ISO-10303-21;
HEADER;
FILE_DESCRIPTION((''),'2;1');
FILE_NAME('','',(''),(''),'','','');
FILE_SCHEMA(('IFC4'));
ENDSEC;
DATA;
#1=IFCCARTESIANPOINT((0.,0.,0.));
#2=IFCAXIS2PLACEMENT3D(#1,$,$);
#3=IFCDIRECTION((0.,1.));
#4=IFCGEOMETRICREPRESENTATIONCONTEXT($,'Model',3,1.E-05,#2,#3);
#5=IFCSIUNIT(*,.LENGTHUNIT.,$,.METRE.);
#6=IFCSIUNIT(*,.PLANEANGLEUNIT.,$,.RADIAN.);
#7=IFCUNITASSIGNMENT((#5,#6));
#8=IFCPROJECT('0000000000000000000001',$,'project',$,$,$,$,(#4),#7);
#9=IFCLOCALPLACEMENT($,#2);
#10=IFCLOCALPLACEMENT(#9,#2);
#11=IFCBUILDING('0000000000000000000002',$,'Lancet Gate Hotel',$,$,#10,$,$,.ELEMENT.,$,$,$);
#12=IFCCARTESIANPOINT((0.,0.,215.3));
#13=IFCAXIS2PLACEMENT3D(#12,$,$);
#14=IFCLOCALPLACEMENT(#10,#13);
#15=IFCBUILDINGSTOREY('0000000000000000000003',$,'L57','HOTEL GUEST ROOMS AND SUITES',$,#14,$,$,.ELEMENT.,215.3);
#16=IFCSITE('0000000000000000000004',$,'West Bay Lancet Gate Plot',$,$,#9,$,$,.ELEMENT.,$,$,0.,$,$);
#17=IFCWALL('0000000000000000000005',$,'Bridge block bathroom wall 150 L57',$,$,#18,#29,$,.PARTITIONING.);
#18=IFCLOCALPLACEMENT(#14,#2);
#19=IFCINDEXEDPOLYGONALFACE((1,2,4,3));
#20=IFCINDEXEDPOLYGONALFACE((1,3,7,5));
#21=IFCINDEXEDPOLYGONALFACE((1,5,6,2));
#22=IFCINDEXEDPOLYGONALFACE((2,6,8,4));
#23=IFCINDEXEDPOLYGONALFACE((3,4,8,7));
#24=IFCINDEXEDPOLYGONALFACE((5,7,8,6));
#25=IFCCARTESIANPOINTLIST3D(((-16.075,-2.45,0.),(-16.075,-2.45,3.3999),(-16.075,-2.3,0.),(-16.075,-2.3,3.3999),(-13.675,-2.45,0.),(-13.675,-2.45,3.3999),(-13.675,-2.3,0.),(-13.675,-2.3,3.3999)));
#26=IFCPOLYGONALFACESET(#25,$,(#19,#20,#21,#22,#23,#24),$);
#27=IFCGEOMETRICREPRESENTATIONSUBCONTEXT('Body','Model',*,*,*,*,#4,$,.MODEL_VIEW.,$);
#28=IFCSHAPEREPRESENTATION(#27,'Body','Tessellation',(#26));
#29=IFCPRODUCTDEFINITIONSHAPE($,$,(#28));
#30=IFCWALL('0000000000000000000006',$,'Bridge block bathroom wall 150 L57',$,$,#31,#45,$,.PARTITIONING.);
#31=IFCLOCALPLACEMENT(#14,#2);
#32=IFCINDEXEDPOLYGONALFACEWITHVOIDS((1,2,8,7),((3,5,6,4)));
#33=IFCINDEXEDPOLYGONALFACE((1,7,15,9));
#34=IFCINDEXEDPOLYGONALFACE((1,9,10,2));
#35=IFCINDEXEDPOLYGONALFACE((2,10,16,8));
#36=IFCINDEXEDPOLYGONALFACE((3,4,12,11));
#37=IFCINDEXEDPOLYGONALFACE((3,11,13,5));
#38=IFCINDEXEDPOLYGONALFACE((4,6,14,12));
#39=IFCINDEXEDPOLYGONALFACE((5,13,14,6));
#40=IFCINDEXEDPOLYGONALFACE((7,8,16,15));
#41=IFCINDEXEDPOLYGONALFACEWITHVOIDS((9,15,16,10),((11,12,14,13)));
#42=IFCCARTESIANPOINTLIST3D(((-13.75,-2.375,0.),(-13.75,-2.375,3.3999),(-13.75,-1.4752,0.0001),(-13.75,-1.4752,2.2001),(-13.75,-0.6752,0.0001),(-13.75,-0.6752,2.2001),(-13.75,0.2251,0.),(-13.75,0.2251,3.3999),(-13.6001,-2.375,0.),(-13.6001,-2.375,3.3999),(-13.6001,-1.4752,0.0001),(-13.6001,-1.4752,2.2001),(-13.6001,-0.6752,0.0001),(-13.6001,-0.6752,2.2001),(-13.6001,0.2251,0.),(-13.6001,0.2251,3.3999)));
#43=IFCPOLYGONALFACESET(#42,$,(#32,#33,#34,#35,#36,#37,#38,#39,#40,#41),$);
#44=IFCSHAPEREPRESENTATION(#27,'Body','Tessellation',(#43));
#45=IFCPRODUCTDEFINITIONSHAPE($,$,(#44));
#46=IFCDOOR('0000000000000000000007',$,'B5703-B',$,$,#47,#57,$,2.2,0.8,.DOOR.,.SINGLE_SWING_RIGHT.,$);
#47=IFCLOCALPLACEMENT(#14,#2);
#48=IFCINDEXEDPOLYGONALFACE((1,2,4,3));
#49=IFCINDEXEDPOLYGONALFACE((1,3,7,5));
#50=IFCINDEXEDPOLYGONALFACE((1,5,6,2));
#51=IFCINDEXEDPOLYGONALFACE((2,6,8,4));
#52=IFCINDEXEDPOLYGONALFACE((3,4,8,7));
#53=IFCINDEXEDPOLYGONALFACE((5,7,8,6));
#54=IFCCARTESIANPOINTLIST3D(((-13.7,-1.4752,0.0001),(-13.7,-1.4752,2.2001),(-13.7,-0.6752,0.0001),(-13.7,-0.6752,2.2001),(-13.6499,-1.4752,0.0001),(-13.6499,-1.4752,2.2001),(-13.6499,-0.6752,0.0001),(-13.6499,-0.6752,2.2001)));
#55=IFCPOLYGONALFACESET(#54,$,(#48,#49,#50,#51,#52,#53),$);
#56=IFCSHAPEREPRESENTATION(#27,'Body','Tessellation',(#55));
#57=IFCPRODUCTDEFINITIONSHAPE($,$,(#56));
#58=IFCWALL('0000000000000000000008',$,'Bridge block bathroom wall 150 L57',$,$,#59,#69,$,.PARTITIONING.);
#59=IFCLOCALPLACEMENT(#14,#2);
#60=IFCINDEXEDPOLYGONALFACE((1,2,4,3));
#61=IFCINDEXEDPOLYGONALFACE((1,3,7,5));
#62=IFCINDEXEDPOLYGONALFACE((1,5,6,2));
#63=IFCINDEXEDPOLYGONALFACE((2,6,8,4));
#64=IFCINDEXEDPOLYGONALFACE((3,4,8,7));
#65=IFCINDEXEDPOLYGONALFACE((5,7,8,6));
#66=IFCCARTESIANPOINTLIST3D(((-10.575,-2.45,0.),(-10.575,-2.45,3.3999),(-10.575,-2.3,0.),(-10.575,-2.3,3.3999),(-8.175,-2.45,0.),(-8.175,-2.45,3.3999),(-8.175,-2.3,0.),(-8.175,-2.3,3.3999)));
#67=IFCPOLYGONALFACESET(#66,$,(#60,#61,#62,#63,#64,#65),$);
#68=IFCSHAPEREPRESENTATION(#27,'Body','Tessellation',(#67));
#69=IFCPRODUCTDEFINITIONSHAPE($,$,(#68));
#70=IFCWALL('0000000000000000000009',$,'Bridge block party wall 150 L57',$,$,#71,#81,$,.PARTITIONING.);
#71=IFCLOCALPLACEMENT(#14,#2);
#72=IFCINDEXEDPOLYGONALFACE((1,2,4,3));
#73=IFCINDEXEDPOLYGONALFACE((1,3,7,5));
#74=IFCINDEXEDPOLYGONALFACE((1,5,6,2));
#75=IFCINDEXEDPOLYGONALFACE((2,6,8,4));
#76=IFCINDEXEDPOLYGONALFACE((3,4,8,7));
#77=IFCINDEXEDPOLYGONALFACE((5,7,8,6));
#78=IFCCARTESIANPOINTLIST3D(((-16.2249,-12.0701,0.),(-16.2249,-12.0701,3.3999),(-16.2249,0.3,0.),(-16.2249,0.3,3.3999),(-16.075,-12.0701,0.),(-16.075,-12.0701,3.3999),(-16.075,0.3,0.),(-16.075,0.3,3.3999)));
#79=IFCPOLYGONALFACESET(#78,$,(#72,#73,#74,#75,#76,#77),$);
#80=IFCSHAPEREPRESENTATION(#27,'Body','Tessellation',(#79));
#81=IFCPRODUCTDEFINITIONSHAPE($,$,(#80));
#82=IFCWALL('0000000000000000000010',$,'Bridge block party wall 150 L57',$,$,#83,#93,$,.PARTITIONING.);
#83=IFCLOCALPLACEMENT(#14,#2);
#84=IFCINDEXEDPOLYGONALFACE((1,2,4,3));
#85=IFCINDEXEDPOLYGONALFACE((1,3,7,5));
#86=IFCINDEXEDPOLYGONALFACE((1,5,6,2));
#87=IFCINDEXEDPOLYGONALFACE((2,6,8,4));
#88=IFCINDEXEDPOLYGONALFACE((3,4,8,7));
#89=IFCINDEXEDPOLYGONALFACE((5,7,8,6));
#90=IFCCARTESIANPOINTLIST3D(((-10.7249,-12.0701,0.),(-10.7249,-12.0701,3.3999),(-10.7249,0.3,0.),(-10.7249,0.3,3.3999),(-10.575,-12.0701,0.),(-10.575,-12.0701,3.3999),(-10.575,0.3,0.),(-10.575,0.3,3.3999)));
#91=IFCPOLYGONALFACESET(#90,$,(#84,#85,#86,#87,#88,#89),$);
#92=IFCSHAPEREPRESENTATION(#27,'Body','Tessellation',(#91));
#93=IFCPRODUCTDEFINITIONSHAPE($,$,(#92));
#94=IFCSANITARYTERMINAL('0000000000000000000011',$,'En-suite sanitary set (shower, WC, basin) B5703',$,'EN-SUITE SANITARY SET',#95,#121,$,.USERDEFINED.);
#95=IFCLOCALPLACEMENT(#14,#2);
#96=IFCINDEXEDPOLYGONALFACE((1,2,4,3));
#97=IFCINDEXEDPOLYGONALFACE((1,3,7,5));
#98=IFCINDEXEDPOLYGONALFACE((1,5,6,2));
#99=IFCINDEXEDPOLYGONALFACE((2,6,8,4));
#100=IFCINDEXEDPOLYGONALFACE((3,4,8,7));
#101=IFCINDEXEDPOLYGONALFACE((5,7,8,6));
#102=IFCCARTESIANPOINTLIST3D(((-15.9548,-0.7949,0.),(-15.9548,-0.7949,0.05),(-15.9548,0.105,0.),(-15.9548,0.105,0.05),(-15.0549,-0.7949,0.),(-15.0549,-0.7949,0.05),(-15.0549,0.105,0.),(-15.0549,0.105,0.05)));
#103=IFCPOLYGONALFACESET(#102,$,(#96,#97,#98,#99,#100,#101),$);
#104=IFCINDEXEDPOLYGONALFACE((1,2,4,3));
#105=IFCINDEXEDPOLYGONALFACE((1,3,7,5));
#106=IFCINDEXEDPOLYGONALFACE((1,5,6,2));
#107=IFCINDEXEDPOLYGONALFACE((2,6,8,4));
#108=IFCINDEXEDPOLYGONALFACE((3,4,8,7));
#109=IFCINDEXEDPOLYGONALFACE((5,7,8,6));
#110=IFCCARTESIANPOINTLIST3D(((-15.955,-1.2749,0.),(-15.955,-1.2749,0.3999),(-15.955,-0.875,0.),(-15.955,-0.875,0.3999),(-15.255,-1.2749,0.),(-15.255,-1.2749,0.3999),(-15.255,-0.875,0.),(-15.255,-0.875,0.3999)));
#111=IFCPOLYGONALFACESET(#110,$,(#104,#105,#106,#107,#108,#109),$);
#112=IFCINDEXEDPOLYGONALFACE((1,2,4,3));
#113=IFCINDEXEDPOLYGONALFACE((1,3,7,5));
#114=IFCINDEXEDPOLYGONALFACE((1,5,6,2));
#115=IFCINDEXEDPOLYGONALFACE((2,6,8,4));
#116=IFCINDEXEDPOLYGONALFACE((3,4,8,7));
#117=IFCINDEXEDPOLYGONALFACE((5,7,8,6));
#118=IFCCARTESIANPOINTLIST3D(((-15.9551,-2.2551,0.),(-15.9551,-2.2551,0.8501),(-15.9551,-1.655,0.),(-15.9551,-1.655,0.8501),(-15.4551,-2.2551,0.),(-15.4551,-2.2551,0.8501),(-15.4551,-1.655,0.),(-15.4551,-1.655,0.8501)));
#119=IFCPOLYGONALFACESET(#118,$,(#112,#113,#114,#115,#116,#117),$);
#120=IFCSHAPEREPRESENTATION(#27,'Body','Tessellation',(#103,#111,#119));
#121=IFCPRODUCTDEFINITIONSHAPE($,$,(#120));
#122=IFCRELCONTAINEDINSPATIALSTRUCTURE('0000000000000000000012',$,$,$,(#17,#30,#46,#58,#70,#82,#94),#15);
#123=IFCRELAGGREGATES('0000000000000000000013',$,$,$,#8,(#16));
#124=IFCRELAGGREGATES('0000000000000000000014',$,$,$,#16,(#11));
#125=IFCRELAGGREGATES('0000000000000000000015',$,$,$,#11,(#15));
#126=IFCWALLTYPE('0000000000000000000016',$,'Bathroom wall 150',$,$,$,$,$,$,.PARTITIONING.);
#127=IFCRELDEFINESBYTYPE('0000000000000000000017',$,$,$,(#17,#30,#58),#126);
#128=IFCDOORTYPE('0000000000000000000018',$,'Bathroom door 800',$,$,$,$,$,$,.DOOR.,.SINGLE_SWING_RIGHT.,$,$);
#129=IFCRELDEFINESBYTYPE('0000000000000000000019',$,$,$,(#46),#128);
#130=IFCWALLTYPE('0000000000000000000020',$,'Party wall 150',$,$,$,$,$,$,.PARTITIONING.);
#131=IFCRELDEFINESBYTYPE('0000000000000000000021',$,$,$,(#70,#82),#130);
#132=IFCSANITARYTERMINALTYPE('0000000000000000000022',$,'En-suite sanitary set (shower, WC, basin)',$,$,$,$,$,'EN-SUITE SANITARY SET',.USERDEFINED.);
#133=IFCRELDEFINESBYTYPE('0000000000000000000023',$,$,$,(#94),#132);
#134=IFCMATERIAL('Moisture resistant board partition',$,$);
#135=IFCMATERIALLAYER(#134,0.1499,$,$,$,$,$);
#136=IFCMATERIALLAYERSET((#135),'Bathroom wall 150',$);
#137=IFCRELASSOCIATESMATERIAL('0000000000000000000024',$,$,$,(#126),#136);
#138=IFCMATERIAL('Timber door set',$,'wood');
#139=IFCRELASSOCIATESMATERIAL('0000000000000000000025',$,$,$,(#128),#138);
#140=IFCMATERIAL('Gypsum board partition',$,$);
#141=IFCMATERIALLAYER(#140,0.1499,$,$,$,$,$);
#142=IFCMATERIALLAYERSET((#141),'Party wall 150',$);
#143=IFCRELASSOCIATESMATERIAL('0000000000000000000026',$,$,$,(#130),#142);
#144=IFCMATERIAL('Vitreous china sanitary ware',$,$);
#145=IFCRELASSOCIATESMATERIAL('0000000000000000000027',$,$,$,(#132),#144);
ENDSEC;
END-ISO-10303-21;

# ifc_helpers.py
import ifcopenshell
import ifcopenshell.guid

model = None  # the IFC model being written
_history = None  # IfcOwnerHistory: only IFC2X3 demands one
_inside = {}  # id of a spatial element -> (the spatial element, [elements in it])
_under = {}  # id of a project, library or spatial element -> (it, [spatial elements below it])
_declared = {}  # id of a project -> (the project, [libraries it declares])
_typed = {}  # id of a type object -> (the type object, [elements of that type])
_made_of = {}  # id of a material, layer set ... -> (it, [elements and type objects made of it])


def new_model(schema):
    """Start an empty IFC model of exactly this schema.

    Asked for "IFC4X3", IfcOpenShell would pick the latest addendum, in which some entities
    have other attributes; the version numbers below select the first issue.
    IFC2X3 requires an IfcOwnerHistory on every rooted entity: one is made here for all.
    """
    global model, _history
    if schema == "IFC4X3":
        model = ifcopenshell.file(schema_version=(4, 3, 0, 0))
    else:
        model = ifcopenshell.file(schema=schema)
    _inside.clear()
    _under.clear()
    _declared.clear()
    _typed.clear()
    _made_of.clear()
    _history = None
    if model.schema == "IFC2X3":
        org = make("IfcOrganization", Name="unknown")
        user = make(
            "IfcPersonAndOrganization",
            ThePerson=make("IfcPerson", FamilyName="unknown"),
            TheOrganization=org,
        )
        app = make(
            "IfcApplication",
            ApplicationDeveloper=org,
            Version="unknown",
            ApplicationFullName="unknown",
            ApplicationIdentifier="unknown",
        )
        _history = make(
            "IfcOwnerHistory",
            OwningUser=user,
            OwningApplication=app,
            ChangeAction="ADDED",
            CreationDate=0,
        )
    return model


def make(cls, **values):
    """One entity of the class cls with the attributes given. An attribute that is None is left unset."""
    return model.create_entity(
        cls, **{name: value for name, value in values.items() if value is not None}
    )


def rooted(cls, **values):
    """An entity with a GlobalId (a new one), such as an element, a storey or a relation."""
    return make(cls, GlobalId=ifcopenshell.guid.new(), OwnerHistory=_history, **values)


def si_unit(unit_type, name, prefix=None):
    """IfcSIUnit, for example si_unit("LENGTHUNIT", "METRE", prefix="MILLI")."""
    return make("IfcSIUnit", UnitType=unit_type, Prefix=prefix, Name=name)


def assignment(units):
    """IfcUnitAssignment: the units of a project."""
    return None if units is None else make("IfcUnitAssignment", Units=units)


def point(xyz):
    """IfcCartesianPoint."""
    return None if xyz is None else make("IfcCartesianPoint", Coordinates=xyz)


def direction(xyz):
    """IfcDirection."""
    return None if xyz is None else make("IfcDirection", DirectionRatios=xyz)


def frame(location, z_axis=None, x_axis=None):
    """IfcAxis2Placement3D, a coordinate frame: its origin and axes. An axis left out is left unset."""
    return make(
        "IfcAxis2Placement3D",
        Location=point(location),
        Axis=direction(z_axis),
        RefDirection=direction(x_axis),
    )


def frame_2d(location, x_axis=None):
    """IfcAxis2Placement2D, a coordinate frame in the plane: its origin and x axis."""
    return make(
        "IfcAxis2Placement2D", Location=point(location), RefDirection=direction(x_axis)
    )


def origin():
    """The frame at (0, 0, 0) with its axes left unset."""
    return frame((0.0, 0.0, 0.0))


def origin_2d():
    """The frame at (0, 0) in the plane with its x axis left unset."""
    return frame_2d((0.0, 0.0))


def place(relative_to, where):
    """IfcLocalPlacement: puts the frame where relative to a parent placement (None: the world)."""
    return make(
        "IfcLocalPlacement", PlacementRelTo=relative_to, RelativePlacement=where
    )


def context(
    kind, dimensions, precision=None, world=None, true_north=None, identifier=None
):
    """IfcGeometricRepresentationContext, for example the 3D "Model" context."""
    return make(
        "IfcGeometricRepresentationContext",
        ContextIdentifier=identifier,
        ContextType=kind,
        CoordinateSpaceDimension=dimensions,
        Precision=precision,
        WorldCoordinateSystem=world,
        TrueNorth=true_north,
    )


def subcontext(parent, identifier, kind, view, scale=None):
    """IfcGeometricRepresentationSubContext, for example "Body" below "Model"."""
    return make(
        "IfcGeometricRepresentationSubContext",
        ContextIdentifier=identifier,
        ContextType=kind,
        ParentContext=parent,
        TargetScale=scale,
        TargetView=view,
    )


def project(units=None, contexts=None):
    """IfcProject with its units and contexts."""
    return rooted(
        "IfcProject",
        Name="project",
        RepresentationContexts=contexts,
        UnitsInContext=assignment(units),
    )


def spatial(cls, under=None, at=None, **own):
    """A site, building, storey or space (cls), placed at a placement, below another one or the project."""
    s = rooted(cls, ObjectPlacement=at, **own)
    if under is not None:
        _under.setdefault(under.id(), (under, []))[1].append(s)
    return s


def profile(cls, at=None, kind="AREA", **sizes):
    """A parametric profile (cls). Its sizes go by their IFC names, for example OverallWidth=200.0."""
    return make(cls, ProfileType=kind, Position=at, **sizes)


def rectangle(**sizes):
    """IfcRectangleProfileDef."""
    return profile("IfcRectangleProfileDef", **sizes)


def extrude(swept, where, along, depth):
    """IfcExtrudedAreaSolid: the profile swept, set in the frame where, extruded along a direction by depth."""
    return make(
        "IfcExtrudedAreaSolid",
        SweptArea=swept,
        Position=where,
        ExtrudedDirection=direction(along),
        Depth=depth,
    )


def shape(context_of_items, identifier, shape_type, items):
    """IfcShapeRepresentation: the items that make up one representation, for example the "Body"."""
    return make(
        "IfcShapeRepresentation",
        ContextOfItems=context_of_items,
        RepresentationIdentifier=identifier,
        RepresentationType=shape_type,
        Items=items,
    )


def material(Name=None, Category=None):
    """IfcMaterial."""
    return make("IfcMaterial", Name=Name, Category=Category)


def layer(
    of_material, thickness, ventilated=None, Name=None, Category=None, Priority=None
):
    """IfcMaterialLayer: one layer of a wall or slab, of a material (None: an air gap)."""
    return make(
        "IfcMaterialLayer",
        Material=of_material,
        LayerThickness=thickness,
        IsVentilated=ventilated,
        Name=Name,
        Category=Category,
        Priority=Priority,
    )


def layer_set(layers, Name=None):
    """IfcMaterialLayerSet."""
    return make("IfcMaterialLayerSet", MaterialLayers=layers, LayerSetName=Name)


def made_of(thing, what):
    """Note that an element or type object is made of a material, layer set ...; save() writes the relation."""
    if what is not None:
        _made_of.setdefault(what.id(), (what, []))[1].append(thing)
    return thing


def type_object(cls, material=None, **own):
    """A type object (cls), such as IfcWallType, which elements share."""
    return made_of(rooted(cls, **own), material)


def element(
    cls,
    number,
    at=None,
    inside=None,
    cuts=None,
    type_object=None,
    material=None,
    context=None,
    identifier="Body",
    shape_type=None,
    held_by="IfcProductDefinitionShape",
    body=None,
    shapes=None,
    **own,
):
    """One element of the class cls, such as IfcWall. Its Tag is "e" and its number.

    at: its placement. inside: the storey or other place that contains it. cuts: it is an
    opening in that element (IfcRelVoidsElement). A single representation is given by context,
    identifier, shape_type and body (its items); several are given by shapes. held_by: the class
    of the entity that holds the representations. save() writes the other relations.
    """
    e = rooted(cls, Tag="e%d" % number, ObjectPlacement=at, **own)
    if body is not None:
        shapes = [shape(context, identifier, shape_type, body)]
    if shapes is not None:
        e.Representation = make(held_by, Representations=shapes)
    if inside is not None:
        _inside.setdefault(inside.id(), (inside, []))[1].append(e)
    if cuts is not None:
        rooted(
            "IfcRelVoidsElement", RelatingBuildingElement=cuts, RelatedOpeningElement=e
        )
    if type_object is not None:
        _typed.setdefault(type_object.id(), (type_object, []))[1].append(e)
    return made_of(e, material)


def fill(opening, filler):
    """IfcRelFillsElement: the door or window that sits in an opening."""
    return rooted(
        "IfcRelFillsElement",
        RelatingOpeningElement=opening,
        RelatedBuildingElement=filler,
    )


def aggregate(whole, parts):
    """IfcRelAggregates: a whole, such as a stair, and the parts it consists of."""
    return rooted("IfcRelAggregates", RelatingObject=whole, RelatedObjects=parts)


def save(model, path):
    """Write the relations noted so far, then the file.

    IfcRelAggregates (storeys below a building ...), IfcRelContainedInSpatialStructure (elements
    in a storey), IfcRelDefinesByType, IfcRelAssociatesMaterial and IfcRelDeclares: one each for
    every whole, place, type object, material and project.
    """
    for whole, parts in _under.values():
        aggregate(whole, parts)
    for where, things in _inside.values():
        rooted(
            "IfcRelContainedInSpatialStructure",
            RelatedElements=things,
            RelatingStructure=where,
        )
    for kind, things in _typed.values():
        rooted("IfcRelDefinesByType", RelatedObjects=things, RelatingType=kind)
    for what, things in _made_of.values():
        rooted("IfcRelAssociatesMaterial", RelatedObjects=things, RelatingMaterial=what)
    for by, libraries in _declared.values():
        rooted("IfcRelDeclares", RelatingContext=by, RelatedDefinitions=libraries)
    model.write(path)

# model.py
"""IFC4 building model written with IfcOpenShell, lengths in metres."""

from ifc_helpers import new_model, si_unit, direction, frame, frame_2d, origin, origin_2d, place, context, subcontext, project, spatial, rectangle, extrude, material, layer, layer_set, type_object, element, fill, save


model = new_model("IFC4")

# Units and contexts
model_context = context("Model", 3, precision=1e-05, world=origin(), true_north=direction((0.0, 1.0)))
body_context = subcontext(model_context, "Body", "Model", "MODEL_VIEW")
ifc_project = project(units=[si_unit("LENGTHUNIT", "METRE"), si_unit("PLANEANGLEUNIT", "RADIAN")], contexts=[model_context])

# Site, building, storey
site_placement = place(None, origin())
site = spatial("IfcSite", under=ifc_project, at=site_placement, Name="West Bay Lancet Gate Plot", CompositionType="ELEMENT", RefElevation=0.0)
building_placement = place(site_placement, origin())
building = spatial("IfcBuilding", under=site, at=building_placement, Name="Lancet Gate Hotel", CompositionType="ELEMENT")
storey_placement = place(building_placement, frame((0.0, 0.0, 215.3)))
storey = spatial("IfcBuildingStorey", under=building, at=storey_placement, Name="L57", Description="HOTEL GUEST ROOMS AND SUITES", CompositionType="ELEMENT", Elevation=215.3)

# Shared definitions
ifc_material_1 = material(Name="Moisture resistant board partition")
ifc_layer_1 = layer(ifc_material_1, 0.1499)
ifc_layer_set_1 = layer_set([ifc_layer_1], Name="Bathroom wall 150")
wall_type_1 = type_object("IfcWallType", Name="Bathroom wall 150", PredefinedType="PARTITIONING", material=ifc_layer_set_1)
ifc_material_2 = material(Name="Timber door set", Category="wood")
door_type = type_object("IfcDoorType", Name="Bathroom door 800", OperationType="SINGLE_SWING_RIGHT", PredefinedType="DOOR", material=ifc_material_2)

# Wall
wall_1_placement = place(storey_placement, frame((-16.075, -2.375, 0.0), z_axis=(0.0, 0.0, 1.0), x_axis=(1.0, 0.0, 0.0)))
element("IfcWall", 1, at=wall_1_placement, inside=storey, type_object=wall_type_1, Name="Bridge block bathroom wall 150 L57", PredefinedType="PARTITIONING", context=body_context, shape_type="SweptSolid", body=[
    extrude(rectangle(XDim=2.3999, YDim=0.1499, at=frame_2d((1.2, 0.0))), origin(), (0.0, 0.0, 1.0), 3.3999),
])

# Wall, opening, door
wall_2_placement = place(storey_placement, frame((-13.675, -2.375, 0.0), z_axis=(0.0, 0.0, 1.0), x_axis=(0.0, 1.0, 0.0)))
wall_2 = element("IfcWall", 2, at=wall_2_placement, inside=storey, type_object=wall_type_1, Name="Bridge block bathroom wall 150 L57", PredefinedType="PARTITIONING", context=body_context, shape_type="SweptSolid", body=[
    extrude(rectangle(XDim=2.6001, YDim=0.1499, at=frame_2d((1.3, 0.0))), origin(), (0.0, 0.0, 1.0), 3.3999),
])
opening_1_placement = place(wall_2_placement, frame((0.8999, 0.0, 0.0)))
opening_1 = element("IfcOpeningElement", 3, at=opening_1_placement, cuts=wall_2, PredefinedType="OPENING", context=body_context, shape_type="SweptSolid", body=[
    extrude(rectangle(XDim=0.8, YDim=2.2, at=frame_2d((0.3999, 1.1001))), frame((0.0, 0.085, 0.0), z_axis=(0.0, -1.0, 0.0), x_axis=(1.0, 0.0, 0.0)), (0.0, 0.0, 1.0), 0.1699),
])
door_1_placement = place(opening_1_placement, origin())
door_1 = element("IfcDoor", 4, at=door_1_placement, inside=storey, type_object=door_type, Name="B5703-B", OperationType="SINGLE_SWING_RIGHT", OverallHeight=2.2, OverallWidth=0.8, PredefinedType="DOOR", context=body_context, shape_type="SweptSolid", body=[
    extrude(rectangle(XDim=0.8, YDim=2.2, at=frame_2d((0.3999, 1.1001))), frame((0.0, 0.0249, 0.0), z_axis=(0.0, -1.0, 0.0), x_axis=(1.0, 0.0, 0.0)), (0.0, 0.0, 1.0), 0.05),
])
fill(opening_1, door_1)

# Walls
wall_3_placement = place(storey_placement, frame((-10.575, -2.375, 0.0), z_axis=(0.0, 0.0, 1.0), x_axis=(1.0, 0.0, 0.0)))
element("IfcWall", 5, at=wall_3_placement, inside=storey, type_object=wall_type_1, Name="Bridge block bathroom wall 150 L57", PredefinedType="PARTITIONING", context=body_context, shape_type="SweptSolid", body=[
    extrude(rectangle(XDim=2.3999, YDim=0.1499, at=frame_2d((1.2, 0.0))), origin(), (0.0, 0.0, 1.0), 3.3999),
])
ifc_material_3 = material(Name="Gypsum board partition")
ifc_layer_2 = layer(ifc_material_3, 0.1499)
ifc_layer_set_2 = layer_set([ifc_layer_2], Name="Party wall 150")
wall_type_2 = type_object("IfcWallType", Name="Party wall 150", PredefinedType="PARTITIONING", material=ifc_layer_set_2)
for number, where, z_axis, x_axis, name in (
    (6, (-16.1499, -12.0701, 0.0), (0.0, 0.0, 1.0), (0.0, 1.0, 0.0), "Bridge block party wall 150 L57"),
    (7, (-10.6499, -12.0701, 0.0), (0.0, 0.0, 1.0), (0.0, 1.0, 0.0), "Bridge block party wall 150 L57"),
):
    element("IfcWall", number, at=place(storey_placement, frame(where, z_axis=z_axis, x_axis=x_axis)), inside=storey, type_object=wall_type_2, Name=name, PredefinedType="PARTITIONING", context=body_context, shape_type="SweptSolid", body=[
        extrude(rectangle(XDim=12.3701, YDim=0.1499, at=frame_2d((6.1851, 0.0))), origin(), (0.0, 0.0, 1.0), 3.3999),
    ])

# Sanitary terminal
ifc_material_4 = material(Name="Vitreous china sanitary ware")
sanitary_terminal_type = type_object("IfcSanitaryTerminalType", Name="En-suite sanitary set (shower, WC, basin)", ElementType="EN-SUITE SANITARY SET", PredefinedType="USERDEFINED", material=ifc_material_4)
sanitary_terminal_placement = place(storey_placement, frame((-15.5049, -0.345, 0.0), z_axis=(0.0, 0.0, 1.0), x_axis=(1.0, 0.0, 0.0)))
element("IfcSanitaryTerminal", 8, at=sanitary_terminal_placement, inside=storey, type_object=sanitary_terminal_type, Name="En-suite sanitary set (shower, WC, basin) B5703", ObjectType="EN-SUITE SANITARY SET", PredefinedType="USERDEFINED", context=body_context, shape_type="SweptSolid", body=[
    extrude(rectangle(XDim=0.8999, YDim=0.8999, at=origin_2d()), frame((0.0, 0.0, 0.0), z_axis=(0.0, 0.0, 1.0), x_axis=(0.0, 1.0, 0.0)), (0.0, 0.0, 1.0), 0.05),
    extrude(rectangle(XDim=0.3999, YDim=0.7, at=origin_2d()), frame((-0.1001, -0.73, 0.0), z_axis=(0.0, 0.0, 1.0), x_axis=(0.0, 1.0, 0.0)), (0.0, 0.0, 1.0), 0.3999),
    extrude(rectangle(XDim=0.6001, YDim=0.5, at=origin_2d()), frame((-0.2002, -1.6101, 0.0), z_axis=(0.0, 0.0, 1.0), x_axis=(0.0, 1.0, 0.0)), (0.0, 0.0, 1.0), 0.8501),
])

save(model, "model.ifc")
